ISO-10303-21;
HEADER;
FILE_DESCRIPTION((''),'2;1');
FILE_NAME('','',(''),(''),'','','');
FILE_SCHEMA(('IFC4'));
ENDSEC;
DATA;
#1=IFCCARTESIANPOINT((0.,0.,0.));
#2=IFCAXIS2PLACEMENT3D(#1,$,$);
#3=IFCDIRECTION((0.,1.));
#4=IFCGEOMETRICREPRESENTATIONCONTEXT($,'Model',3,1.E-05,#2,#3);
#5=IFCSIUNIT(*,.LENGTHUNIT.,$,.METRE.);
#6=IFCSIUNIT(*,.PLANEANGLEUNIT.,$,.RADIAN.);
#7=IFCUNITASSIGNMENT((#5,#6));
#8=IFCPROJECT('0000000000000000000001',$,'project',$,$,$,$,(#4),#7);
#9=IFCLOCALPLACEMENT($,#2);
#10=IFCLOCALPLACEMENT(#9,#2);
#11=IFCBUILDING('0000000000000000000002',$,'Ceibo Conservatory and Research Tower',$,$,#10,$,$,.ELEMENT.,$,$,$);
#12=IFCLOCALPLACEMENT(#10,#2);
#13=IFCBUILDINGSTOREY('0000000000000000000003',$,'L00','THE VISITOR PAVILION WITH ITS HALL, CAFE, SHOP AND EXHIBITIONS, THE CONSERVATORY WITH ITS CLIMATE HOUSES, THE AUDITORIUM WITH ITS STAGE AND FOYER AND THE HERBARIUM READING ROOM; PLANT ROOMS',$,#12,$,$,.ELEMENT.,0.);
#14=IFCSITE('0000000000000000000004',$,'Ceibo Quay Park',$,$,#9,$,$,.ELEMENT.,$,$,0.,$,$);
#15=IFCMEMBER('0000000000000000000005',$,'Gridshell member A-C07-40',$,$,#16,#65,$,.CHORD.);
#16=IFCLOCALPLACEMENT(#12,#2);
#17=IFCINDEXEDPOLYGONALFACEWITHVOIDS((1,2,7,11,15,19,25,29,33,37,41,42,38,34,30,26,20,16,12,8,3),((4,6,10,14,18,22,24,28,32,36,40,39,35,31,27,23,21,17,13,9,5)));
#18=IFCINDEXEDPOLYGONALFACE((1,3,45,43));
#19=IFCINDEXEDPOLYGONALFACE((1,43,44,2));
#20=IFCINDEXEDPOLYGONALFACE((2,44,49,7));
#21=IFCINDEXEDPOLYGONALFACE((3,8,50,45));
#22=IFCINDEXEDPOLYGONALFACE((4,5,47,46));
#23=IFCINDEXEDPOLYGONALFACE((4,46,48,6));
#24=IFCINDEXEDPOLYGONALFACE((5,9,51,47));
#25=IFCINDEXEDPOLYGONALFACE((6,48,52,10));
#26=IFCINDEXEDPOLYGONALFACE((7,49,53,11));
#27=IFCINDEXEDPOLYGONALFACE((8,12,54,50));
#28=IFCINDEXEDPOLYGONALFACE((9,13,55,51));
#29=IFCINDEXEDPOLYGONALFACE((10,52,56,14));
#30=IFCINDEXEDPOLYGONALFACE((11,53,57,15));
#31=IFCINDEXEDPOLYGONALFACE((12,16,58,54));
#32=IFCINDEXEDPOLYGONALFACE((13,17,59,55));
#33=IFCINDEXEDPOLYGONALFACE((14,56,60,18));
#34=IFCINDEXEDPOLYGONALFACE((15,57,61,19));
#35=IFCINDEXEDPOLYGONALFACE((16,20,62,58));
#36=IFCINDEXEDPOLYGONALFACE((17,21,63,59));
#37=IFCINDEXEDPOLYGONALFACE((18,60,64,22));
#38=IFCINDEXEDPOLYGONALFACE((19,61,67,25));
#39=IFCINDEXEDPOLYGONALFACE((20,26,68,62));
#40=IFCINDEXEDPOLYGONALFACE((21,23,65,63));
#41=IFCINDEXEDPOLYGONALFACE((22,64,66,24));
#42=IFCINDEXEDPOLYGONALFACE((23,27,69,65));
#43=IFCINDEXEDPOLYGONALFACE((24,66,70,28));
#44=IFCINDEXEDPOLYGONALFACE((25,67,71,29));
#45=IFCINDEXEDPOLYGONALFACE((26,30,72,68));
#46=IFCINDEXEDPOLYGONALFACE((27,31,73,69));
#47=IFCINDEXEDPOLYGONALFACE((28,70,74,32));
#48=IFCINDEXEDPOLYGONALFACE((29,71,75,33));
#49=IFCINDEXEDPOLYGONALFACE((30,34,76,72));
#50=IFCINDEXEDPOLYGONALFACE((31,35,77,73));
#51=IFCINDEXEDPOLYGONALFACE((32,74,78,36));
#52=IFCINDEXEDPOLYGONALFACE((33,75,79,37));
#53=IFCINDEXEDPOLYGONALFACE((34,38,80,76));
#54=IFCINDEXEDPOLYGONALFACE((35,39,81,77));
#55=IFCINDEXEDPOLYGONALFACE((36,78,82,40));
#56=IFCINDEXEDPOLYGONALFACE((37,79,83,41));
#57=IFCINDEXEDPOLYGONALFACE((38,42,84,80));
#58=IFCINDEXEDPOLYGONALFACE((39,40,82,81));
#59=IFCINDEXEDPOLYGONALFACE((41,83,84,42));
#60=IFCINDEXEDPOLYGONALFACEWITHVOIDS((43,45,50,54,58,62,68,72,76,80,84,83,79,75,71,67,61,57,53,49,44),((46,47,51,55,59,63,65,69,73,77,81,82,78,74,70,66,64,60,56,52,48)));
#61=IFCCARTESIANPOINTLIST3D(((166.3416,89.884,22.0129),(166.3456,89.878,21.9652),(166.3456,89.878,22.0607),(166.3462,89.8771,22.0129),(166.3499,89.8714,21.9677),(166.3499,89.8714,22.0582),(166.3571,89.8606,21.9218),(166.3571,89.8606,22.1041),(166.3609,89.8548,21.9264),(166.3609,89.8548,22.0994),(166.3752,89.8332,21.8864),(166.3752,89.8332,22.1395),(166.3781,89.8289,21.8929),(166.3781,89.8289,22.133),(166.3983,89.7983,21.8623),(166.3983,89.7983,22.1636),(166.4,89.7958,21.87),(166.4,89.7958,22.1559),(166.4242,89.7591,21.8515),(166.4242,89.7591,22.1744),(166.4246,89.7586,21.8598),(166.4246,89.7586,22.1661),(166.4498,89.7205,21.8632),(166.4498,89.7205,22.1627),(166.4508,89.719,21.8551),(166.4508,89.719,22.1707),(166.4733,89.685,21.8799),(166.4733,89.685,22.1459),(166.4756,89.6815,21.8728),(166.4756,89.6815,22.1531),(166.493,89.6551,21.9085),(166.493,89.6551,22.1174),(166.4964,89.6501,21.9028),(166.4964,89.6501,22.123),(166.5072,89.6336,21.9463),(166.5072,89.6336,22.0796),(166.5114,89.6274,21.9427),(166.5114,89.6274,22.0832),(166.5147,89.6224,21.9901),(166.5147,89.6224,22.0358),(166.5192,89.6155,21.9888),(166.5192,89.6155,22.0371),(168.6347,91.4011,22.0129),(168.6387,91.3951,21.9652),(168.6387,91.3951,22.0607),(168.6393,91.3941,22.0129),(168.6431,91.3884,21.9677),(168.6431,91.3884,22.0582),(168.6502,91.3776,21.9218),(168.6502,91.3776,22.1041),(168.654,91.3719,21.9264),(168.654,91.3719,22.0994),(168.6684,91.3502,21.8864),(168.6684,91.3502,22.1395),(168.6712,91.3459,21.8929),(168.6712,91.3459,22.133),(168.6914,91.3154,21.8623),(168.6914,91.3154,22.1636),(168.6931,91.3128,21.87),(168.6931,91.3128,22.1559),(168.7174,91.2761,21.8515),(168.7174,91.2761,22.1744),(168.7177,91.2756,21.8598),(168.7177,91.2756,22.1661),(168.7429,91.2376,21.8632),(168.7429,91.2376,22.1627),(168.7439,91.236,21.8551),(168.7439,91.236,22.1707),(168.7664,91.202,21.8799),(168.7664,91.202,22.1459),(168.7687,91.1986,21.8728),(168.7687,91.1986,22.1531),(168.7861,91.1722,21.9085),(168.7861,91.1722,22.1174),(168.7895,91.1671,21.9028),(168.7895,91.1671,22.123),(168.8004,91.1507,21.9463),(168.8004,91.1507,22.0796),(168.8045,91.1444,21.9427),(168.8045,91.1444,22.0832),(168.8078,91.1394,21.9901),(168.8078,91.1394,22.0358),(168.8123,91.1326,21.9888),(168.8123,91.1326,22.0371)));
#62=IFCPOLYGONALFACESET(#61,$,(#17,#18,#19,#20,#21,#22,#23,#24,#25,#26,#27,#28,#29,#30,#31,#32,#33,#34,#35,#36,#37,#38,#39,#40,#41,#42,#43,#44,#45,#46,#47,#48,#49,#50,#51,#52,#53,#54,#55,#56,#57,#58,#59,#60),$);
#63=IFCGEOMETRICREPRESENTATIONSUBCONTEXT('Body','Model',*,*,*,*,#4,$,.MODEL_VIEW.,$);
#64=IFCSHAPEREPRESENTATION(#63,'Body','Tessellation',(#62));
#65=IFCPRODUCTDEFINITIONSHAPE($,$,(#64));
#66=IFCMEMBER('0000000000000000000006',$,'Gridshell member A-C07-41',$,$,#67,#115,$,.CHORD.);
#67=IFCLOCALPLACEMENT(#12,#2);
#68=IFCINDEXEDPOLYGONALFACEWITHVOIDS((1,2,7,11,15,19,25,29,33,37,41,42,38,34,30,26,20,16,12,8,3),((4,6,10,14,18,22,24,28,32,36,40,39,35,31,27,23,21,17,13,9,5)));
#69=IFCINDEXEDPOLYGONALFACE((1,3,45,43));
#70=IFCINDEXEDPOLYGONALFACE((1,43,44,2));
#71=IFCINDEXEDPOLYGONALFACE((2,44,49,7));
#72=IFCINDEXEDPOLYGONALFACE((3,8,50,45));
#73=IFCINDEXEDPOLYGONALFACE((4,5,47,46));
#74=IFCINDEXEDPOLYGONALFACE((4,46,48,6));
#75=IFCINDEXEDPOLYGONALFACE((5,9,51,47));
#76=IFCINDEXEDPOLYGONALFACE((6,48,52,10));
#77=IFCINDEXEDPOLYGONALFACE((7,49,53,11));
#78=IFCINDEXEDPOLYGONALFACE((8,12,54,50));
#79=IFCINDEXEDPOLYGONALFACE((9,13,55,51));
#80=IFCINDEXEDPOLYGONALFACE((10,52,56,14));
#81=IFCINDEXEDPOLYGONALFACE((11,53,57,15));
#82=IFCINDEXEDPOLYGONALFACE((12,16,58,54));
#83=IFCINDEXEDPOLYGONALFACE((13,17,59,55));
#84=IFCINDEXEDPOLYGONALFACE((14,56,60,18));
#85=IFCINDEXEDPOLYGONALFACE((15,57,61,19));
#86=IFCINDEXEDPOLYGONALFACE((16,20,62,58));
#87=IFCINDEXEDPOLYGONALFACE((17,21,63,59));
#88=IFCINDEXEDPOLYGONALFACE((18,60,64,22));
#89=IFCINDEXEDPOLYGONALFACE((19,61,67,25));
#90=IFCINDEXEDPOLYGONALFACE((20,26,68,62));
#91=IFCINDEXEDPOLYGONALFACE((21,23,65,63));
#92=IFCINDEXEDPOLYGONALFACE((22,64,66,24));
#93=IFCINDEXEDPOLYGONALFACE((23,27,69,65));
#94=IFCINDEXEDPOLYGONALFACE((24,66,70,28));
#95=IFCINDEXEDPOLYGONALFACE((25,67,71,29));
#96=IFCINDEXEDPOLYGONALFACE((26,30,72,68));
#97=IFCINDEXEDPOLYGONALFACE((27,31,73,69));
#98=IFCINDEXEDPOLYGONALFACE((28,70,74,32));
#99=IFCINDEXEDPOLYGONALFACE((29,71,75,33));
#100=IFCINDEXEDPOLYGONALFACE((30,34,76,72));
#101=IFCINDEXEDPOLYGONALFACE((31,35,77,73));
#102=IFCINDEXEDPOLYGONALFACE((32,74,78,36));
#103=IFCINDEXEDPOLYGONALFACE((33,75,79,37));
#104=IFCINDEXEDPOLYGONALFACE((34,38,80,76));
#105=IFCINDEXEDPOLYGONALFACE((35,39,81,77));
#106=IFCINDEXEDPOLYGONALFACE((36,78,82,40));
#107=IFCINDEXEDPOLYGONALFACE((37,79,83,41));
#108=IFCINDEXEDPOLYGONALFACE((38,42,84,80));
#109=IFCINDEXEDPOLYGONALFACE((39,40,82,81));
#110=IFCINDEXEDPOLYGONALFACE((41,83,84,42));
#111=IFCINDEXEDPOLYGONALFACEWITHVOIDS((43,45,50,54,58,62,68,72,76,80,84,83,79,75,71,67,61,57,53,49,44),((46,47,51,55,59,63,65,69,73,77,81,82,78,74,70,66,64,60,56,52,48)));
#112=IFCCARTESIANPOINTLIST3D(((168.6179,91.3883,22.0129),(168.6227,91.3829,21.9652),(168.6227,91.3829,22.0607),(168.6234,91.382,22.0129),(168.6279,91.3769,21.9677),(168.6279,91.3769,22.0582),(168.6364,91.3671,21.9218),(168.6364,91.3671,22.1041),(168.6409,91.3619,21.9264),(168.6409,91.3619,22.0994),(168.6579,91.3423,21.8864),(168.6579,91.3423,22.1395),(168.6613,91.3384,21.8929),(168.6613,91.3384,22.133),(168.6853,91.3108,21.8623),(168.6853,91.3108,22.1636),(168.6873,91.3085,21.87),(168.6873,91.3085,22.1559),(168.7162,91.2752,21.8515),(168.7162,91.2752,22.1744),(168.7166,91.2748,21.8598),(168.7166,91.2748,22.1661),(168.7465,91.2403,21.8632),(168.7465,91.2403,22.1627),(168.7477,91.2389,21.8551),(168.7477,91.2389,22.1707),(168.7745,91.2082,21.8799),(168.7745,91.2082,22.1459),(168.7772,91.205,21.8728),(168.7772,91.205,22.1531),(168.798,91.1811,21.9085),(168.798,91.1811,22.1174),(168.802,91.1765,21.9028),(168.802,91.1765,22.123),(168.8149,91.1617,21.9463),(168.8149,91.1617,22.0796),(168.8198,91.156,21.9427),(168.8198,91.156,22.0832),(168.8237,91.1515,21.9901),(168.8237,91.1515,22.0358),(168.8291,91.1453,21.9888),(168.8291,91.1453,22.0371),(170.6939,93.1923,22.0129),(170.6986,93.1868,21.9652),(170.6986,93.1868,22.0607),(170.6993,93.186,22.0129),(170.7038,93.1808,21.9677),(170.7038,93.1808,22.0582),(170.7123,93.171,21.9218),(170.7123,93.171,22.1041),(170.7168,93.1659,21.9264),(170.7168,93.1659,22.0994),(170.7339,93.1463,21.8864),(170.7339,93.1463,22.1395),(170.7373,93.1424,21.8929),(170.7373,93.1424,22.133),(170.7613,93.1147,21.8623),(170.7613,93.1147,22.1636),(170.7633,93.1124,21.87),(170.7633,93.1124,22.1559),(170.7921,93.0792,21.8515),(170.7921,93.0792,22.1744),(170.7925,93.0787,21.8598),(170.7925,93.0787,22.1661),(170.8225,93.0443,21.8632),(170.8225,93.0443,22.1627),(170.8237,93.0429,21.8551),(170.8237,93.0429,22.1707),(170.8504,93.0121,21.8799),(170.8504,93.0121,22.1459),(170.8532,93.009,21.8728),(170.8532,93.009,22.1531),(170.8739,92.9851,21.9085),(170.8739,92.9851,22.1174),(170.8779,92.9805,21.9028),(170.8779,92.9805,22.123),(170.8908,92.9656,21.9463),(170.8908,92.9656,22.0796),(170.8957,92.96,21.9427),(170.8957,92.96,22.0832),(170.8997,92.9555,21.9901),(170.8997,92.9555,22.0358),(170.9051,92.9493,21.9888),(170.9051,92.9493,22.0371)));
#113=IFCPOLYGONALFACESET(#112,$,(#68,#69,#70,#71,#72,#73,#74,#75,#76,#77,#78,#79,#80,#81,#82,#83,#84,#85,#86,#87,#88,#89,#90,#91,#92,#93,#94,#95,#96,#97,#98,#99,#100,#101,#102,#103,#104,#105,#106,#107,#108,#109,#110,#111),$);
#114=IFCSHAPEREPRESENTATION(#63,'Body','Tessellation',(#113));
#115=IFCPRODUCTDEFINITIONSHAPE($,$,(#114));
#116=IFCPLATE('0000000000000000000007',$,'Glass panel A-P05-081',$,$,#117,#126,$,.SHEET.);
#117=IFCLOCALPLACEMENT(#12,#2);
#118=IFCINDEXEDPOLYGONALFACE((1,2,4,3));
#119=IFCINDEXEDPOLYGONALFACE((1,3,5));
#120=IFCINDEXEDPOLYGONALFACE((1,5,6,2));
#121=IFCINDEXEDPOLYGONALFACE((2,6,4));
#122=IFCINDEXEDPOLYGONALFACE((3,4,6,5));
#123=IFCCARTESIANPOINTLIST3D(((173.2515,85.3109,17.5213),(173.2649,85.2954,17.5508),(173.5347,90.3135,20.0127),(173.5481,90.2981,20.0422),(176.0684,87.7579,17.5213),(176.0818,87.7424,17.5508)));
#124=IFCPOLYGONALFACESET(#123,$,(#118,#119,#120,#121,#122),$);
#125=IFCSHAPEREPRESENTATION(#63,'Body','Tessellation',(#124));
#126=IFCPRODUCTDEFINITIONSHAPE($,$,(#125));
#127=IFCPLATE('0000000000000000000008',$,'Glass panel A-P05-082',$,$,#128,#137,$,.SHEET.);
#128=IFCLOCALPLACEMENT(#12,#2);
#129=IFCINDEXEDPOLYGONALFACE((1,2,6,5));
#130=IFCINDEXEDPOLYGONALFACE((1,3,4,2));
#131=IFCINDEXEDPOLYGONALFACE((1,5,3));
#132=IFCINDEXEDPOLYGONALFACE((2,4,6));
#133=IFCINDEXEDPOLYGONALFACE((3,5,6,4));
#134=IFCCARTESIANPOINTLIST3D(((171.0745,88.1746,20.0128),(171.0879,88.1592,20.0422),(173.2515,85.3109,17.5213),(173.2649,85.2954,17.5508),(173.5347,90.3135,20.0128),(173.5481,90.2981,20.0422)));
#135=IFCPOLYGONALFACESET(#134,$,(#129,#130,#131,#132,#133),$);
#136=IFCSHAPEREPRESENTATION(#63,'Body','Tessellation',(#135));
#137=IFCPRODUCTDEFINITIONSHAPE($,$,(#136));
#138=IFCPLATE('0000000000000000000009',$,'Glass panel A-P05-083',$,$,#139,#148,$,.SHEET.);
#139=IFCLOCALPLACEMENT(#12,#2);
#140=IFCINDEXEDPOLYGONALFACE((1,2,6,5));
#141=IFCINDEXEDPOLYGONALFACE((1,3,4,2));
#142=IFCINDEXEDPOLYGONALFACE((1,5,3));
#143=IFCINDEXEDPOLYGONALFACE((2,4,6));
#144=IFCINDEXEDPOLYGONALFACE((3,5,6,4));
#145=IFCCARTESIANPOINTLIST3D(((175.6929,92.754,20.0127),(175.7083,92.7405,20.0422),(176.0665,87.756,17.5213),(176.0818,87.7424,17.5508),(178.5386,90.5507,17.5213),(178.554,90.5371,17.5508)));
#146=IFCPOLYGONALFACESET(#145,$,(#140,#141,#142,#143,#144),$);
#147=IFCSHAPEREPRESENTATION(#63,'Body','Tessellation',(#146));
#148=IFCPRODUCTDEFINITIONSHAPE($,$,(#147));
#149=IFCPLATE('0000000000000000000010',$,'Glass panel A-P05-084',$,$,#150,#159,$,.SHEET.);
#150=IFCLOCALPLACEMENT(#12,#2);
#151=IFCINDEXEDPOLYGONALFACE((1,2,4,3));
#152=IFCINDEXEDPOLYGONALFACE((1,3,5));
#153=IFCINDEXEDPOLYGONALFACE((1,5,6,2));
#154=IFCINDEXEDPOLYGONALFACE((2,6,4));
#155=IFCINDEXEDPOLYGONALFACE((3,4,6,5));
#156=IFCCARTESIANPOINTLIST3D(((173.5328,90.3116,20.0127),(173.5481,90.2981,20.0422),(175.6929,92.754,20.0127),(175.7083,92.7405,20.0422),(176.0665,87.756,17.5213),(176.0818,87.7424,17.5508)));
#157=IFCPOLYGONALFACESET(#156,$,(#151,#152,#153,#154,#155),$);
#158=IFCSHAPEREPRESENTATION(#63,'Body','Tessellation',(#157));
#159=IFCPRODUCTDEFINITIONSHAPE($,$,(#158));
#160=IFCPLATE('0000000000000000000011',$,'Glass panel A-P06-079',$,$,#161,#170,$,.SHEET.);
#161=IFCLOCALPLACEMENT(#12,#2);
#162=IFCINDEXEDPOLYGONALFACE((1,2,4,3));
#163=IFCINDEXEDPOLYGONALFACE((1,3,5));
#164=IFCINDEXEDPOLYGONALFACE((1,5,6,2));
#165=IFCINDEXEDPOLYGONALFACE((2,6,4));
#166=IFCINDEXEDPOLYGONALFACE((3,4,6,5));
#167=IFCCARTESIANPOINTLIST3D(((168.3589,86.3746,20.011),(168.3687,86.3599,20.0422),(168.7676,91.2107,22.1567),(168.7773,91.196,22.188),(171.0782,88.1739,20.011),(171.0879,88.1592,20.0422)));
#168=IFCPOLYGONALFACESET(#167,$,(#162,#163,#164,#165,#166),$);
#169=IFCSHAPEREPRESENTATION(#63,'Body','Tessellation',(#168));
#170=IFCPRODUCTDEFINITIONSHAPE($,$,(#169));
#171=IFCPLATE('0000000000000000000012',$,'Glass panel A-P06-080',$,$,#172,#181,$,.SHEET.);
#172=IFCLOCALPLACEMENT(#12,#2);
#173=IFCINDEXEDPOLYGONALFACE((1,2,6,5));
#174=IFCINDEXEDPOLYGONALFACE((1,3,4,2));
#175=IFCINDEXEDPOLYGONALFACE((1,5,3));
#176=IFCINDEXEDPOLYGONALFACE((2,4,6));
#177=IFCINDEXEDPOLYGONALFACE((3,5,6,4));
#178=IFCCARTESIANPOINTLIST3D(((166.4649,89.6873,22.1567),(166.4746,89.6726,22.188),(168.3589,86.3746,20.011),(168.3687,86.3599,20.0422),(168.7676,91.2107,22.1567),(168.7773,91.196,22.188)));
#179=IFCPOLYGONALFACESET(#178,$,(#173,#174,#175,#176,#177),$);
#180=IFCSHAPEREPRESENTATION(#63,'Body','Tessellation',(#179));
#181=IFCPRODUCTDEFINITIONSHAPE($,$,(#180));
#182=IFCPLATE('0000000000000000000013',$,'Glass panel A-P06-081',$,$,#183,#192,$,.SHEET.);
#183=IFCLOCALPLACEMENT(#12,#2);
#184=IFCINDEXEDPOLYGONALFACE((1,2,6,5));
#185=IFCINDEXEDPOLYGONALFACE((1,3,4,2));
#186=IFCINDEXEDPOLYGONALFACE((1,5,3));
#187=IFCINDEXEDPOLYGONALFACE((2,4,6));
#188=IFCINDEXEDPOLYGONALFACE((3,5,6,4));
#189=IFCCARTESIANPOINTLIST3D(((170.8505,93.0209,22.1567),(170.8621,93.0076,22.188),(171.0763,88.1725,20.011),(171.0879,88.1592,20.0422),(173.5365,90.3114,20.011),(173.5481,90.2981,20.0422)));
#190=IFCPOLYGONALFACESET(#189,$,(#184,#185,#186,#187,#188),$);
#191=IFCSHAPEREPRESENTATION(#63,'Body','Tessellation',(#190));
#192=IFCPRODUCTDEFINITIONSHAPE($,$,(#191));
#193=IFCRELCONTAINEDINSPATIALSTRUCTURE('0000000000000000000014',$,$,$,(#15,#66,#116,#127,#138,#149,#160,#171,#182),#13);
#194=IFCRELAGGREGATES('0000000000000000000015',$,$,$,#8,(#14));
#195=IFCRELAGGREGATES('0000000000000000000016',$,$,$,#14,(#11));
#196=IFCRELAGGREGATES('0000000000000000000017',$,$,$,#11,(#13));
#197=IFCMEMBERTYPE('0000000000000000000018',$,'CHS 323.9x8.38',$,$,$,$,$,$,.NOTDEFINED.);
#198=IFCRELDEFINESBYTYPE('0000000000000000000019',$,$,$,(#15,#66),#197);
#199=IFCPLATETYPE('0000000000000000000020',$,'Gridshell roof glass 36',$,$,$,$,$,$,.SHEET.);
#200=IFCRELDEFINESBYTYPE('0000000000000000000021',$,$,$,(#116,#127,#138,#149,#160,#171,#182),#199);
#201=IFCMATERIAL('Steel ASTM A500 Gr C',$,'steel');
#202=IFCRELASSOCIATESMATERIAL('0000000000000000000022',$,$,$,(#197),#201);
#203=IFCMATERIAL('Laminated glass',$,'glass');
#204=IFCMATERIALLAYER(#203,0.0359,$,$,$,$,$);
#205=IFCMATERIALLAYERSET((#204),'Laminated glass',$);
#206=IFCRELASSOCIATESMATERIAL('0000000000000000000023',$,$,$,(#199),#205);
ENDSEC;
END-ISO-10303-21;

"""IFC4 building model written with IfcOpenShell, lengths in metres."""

from ifc_helpers import new_model, si_unit, direction, frame, origin, origin_2d, place, context, subcontext, project, spatial, polyline, hollow_circle, outline, extrude, material, layer, layer_set, material_profile, profile_set, type_object, element, save


model = new_model("IFC4")

# Units and contexts
model_context = context("Model", 3, precision=1e-05, world=origin(), true_north=direction((0.0, 1.0)))
body_context = subcontext(model_context, "Body", "Model", "MODEL_VIEW")
ifc_project = project(units=[si_unit("LENGTHUNIT", "METRE"), si_unit("PLANEANGLEUNIT", "RADIAN")], contexts=[model_context])

# Site, building, storey
site_placement = place(None, origin())
site = spatial("IfcSite", under=ifc_project, at=site_placement, Name="Ceibo Quay Park", CompositionType="ELEMENT", RefElevation=0.0)
building_placement = place(site_placement, origin())
building = spatial("IfcBuilding", under=site, at=building_placement, Name="Ceibo Conservatory and Research Tower", CompositionType="ELEMENT")
storey_placement = place(building_placement, origin())
storey = spatial("IfcBuildingStorey", under=building, at=storey_placement, Name="L00", Description="THE VISITOR PAVILION WITH ITS HALL, CAFE, SHOP AND EXHIBITIONS, THE CONSERVATORY WITH ITS CLIMATE HOUSES, THE AUDITORIUM WITH ITS STAGE AND FOYER AND THE HERBARIUM READING ROOM; PLANT ROOMS", CompositionType="ELEMENT", Elevation=0.0)

# Members
ifc_material_1 = material(Name="Steel ASTM A500 Gr C", Category="steel")
ifc_material_profile_1 = material_profile(ifc_material_1, hollow_circle(Radius=0.1619, WallThickness=0.0083, at=origin_2d()), Name="CHS 323.9x8.38")
ifc_profile_set_1 = profile_set([ifc_material_profile_1], Name="Steel ASTM A500 Gr C")
member_type_1 = type_object("IfcMemberType", Name="CHS 323.9x8.38", PredefinedType="NOTDEFINED", material=ifc_profile_set_1)
member_1_placement = place(storey_placement, frame((166.4309, 89.749, 22.0129), z_axis=(0.834012, 0.551746, 0.0), x_axis=(-0.551746, 0.834012, 0.0)))
element("IfcMember", 1, at=member_1_placement, inside=storey, type_object=member_type_1, Name="Gridshell member A-C07-40", PredefinedType="CHORD", context=body_context, shape_type="SweptSolid", body=[
    extrude(hollow_circle(Radius=0.1619, WallThickness=0.0083, at=origin_2d()), origin(), (0.0, 0.0, 1.0), 2.7495),
])
member_2_placement = place(storey_placement, frame((168.7241, 91.2661, 22.0129), z_axis=(0.754821, 0.65593, 0.0), x_axis=(-0.65593, 0.754821, 0.0)))
element("IfcMember", 2, at=member_2_placement, inside=storey, type_object=member_type_1, Name="Gridshell member A-C07-41", PredefinedType="CHORD", context=body_context, shape_type="SweptSolid", body=[
    extrude(hollow_circle(Radius=0.1619, WallThickness=0.0083, at=origin_2d()), origin(), (0.0, 0.0, 1.0), 2.7502),
])

# Plates
ifc_material_2 = material(Name="Laminated glass", Category="glass")
ifc_layer = layer(ifc_material_2, 0.0359)
ifc_layer_set = layer_set([ifc_layer], Name="Laminated glass")
plate_type = type_object("IfcPlateType", Name="Gridshell roof glass 36", PredefinedType="SHEET", material=ifc_layer_set)
plate_1_placement = place(storey_placement, frame((173.2649, 85.2954, 17.5508), z_axis=(0.373839, -0.430345, 0.821613), x_axis=(0.754931, 0.655804, 0.0)))
element("IfcPlate", 3, at=plate_1_placement, inside=storey, type_object=plate_type, Name="Glass panel A-P05-081", PredefinedType="SHEET", context=body_context, shape_type="SweptSolid", body=[
    extrude(outline(polyline([(0.0, 0.0), (3.7313, 0.0), (3.4946, 4.3706), (0.0, 0.0)])), origin(), (0.0, 0.0, -1.0), 0.0359),
])
plate_2_placement = place(storey_placement, frame((173.2649, 85.2954, 17.5508), z_axis=(0.374113, -0.430309, 0.821507), x_axis=(0.050609, 0.893987, 0.445226)))
element("IfcPlate", 4, at=plate_2_placement, inside=storey, type_object=plate_type, Name="Glass panel A-P05-082", PredefinedType="SHEET", context=body_context, shape_type="SweptSolid", body=[
    extrude(outline(polyline([(0.0, 0.0), (5.5959, 0.0), (3.5593, 2.5455), (0.0, 0.0)])), origin(), (0.0, 0.0, -1.0), 0.0359),
])
plate_3_placement = place(storey_placement, frame((176.0818, 87.7424, 17.5508), z_axis=(0.426937, -0.377668, 0.82164), x_axis=(0.662567, 0.749003, 0.0)))
element("IfcPlate", 5, at=plate_3_placement, inside=storey, type_object=plate_type, Name="Glass panel A-P05-083", PredefinedType="SHEET", context=body_context, shape_type="SweptSolid", body=[
    extrude(outline(polyline([(0.0, 0.0), (3.7312, 0.0), (3.4961, 4.3709), (0.0, 0.0)])), origin(), (0.0, 0.0, -1.0), 0.0359),
])
plate_4_placement = place(storey_placement, frame((176.0818, 87.7424, 17.5508), z_axis=(0.426993, -0.377653, 0.821617), x_axis=(-0.066737, 0.892973, 0.445134)))
element("IfcPlate", 6, at=plate_4_placement, inside=storey, type_object=plate_type, Name="Glass panel A-P05-084", PredefinedType="SHEET", context=body_context, shape_type="SweptSolid", body=[
    extrude(outline(polyline([(0.0, 0.0), (5.5971, 0.0), (3.5603, 2.5461), (0.0, 0.0)])), origin(), (0.0, 0.0, -1.0), 0.0359),
])
plate_5_placement = place(storey_placement, frame((168.3687, 86.3599, 20.0422), z_axis=(0.270919, -0.40943, 0.871189), x_axis=(0.833958, 0.551829, 0.0)))
element("IfcPlate", 7, at=plate_5_placement, inside=storey, type_object=plate_type, Name="Glass panel A-P06-079", PredefinedType="SHEET", context=body_context, shape_type="SweptSolid", body=[
    extrude(outline(polyline([(0.0, 0.0), (3.2606, 0.0), (3.0096, 4.3706), (0.0, 0.0)])), origin(), (0.0, 0.0, -1.0), 0.0359),
])
plate_6_placement = place(storey_placement, frame((168.3687, 86.3599, 20.0422), z_axis=(0.270871, -0.409432, 0.871203), x_axis=(0.077016, 0.911353, 0.404356)))
element("IfcPlate", 8, at=plate_6_placement, inside=storey, type_object=plate_type, Name="Glass panel A-P06-080", PredefinedType="SHEET", context=body_context, shape_type="SweptSolid", body=[
    extrude(outline(polyline([(0.0, 0.0), (5.3066, 0.0), (3.7409, 2.2742), (0.0, 0.0)])), origin(), (0.0, 0.0, -1.0), 0.0359),
])
plate_7_placement = place(storey_placement, frame((171.0879, 88.1592, 20.0422), z_axis=(0.322152, -0.370543, 0.871158), x_axis=(0.754665, 0.65611, 0.0)))
element("IfcPlate", 9, at=plate_7_placement, inside=storey, type_object=plate_type, Name="Glass panel A-P06-081", PredefinedType="SHEET", context=body_context, shape_type="SweptSolid", body=[
    extrude(outline(polyline([(0.0, 0.0), (3.26, 0.0), (3.0107, 4.3701), (0.0, 0.0)])), origin(), (0.0, 0.0, -1.0), 0.0359),
])

save(model, "model.ifc")
